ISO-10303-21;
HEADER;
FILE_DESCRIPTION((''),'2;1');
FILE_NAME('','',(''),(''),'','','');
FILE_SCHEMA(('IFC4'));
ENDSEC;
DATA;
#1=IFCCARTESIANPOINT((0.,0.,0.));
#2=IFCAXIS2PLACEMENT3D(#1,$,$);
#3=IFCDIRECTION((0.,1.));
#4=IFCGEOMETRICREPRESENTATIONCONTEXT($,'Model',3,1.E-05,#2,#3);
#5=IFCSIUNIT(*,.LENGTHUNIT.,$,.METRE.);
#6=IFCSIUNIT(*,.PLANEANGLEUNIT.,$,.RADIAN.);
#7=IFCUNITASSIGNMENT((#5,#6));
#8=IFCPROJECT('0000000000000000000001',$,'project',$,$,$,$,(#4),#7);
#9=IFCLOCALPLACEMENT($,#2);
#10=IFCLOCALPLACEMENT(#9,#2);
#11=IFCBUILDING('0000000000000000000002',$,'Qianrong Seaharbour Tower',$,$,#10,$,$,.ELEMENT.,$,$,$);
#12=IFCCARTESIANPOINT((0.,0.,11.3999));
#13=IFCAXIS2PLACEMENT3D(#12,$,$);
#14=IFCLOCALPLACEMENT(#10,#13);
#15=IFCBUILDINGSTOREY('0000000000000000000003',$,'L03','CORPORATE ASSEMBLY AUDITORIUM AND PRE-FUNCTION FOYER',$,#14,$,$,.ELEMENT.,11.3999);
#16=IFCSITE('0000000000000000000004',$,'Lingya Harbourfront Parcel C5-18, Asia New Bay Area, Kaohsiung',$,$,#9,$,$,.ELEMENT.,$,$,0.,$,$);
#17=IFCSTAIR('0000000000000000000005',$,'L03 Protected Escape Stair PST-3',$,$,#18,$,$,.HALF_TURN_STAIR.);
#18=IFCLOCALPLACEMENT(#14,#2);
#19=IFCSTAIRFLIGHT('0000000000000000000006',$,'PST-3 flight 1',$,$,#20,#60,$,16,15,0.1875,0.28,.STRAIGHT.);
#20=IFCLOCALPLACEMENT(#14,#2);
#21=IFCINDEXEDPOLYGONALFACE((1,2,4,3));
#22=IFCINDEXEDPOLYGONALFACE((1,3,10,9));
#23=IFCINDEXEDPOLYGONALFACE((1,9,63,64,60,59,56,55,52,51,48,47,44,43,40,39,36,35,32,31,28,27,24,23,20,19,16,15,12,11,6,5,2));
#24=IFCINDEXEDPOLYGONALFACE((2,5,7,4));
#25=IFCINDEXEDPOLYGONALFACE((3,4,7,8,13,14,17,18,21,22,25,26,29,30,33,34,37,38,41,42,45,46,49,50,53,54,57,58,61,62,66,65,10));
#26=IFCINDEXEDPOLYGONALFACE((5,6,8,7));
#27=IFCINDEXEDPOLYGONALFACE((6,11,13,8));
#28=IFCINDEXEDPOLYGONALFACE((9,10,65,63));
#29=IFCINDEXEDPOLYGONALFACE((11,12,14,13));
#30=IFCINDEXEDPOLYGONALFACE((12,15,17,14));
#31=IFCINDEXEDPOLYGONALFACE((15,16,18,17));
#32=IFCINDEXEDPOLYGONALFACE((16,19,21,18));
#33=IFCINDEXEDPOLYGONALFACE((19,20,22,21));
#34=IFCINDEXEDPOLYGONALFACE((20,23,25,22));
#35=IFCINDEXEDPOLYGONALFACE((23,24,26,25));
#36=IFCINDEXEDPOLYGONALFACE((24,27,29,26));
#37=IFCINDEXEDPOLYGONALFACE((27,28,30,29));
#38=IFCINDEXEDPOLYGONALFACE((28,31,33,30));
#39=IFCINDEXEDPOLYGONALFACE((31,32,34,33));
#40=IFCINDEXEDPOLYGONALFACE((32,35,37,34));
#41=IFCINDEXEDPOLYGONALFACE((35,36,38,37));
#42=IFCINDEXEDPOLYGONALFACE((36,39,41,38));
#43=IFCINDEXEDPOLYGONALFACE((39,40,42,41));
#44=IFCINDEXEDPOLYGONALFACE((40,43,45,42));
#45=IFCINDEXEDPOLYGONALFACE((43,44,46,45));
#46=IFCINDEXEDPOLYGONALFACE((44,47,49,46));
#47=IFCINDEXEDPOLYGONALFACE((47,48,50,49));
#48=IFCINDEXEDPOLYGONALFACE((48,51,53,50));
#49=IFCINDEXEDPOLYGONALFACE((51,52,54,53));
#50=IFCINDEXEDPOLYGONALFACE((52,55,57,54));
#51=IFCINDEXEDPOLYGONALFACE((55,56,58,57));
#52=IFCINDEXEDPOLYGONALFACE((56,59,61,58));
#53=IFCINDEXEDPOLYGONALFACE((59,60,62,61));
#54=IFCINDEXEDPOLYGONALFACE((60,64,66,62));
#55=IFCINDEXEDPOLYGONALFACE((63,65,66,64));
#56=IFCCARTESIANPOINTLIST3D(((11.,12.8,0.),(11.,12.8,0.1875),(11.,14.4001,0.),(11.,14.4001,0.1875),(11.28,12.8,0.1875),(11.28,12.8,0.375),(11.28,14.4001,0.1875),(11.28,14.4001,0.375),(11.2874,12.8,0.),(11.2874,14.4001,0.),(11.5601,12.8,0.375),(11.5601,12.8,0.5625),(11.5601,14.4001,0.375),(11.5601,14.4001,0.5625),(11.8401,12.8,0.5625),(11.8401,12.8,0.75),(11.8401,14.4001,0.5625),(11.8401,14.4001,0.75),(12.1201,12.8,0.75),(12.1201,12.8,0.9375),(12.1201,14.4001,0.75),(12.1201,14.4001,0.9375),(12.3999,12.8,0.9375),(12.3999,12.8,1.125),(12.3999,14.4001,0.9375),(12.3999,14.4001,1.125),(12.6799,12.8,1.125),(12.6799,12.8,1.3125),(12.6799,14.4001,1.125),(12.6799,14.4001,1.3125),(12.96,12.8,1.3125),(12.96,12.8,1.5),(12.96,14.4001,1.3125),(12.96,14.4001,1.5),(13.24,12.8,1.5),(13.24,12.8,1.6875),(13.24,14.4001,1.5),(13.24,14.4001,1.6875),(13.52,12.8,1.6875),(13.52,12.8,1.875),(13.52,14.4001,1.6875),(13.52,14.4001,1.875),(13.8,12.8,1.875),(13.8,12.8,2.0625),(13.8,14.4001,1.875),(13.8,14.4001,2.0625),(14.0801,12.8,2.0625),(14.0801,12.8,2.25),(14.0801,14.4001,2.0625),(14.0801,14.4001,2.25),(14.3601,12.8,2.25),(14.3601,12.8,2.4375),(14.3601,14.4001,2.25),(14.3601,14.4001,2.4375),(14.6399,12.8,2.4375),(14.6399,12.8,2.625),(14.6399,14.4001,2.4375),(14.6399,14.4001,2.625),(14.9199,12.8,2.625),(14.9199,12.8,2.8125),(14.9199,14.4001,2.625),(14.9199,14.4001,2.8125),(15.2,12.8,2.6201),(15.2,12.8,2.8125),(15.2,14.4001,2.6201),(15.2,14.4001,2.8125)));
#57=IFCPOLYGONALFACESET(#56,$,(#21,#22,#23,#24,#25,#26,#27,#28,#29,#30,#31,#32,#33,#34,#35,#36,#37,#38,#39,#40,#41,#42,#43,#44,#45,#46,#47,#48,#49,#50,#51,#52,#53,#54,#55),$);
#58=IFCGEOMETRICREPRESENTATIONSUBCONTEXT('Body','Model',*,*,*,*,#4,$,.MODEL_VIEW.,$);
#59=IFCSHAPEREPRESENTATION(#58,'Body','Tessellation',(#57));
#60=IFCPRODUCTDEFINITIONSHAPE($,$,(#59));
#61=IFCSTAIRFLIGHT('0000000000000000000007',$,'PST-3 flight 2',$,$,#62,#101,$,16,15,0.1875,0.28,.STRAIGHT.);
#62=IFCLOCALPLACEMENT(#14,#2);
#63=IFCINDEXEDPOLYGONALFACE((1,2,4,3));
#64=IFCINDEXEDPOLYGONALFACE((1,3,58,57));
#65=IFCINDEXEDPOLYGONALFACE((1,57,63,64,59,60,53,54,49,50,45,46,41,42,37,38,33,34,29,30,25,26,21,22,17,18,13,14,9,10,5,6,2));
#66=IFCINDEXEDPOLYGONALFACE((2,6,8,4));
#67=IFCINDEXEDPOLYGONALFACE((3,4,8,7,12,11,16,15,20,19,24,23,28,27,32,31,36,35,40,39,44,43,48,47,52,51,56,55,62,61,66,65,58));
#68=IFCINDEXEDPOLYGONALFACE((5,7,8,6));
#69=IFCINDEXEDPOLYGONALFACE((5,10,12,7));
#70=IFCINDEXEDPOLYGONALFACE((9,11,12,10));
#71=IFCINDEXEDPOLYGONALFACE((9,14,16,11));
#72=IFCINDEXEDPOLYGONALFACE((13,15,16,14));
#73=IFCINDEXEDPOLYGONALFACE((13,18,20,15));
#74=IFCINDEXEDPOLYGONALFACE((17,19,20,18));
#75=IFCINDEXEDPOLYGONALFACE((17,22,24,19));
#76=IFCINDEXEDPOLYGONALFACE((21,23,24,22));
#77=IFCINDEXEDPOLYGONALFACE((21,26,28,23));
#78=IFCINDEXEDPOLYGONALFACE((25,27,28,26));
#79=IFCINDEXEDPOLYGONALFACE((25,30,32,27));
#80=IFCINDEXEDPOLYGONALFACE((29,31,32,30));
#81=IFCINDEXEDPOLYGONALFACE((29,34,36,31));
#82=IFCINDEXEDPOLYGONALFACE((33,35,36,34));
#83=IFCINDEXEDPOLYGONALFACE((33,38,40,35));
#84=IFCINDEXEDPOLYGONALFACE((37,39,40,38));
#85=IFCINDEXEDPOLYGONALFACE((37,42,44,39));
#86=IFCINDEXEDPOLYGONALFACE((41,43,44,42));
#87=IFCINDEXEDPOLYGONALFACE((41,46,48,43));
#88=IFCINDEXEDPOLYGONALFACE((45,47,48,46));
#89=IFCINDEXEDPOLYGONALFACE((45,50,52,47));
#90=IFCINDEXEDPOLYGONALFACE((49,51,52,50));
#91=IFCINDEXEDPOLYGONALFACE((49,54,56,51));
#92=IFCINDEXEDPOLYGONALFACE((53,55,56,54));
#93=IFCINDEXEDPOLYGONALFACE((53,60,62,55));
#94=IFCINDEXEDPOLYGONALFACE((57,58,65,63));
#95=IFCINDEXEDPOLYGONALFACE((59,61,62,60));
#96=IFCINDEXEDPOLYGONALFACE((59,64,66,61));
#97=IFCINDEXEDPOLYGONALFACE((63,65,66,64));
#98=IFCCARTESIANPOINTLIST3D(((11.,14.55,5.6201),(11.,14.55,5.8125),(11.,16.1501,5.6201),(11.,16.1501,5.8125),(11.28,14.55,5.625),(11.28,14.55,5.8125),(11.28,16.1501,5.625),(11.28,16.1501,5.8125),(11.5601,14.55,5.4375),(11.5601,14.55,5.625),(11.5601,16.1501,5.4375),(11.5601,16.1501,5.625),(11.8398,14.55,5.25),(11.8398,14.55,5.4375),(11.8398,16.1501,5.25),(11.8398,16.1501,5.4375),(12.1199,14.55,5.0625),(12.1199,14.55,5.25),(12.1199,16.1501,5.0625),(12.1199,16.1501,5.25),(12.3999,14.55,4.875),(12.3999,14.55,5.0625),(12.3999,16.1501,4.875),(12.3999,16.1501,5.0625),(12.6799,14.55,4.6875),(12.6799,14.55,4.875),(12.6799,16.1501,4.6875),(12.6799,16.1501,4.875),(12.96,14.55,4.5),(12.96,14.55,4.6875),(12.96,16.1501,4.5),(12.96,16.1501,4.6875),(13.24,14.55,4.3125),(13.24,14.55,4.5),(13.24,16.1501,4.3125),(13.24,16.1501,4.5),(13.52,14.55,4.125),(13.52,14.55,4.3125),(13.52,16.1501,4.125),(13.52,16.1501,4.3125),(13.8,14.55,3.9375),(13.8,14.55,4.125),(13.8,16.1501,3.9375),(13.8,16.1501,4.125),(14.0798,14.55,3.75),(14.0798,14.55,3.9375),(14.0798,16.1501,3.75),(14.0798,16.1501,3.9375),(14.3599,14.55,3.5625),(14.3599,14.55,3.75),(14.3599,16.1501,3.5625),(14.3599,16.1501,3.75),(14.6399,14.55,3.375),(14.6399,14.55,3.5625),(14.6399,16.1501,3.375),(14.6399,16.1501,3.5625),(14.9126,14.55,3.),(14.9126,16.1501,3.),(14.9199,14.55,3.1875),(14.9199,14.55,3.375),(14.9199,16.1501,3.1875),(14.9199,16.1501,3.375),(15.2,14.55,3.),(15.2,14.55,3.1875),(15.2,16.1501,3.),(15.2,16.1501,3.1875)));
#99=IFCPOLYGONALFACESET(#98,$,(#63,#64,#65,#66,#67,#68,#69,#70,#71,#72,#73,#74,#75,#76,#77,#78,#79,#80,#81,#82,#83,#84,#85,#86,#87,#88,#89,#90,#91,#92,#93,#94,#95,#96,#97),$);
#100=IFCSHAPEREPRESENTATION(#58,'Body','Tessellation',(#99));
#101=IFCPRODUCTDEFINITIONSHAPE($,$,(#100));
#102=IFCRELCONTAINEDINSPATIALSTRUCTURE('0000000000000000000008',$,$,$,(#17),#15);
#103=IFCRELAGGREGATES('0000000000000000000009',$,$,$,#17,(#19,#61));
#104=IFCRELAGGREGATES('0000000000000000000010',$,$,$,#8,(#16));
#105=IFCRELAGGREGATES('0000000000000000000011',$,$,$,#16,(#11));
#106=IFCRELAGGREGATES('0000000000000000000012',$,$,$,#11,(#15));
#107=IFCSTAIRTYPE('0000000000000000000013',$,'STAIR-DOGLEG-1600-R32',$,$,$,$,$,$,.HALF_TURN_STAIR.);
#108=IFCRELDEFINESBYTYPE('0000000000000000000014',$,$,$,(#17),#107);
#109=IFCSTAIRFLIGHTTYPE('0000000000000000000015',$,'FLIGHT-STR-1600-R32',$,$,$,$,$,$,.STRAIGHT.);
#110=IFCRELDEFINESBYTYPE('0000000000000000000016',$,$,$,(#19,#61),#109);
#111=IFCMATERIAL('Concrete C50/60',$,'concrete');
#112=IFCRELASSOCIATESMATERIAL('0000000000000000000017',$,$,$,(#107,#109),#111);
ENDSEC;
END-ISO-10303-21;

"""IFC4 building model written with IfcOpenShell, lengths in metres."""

from ifc_helpers import new_model, si_unit, direction, frame, origin, place, context, subcontext, project, spatial, polyline, outline, extrude, material, type_object, element, aggregate, save


model = new_model("IFC4")

# Units and contexts
model_context = context("Model", 3, precision=1e-05, world=origin(), true_north=direction((0.0, 1.0)))
body_context = subcontext(model_context, "Body", "Model", "MODEL_VIEW")
ifc_project = project(units=[si_unit("LENGTHUNIT", "METRE"), si_unit("PLANEANGLEUNIT", "RADIAN")], contexts=[model_context])

# Site, building, storey
site_placement = place(None, origin())
site = spatial("IfcSite", under=ifc_project, at=site_placement, Name="Lingya Harbourfront Parcel C5-18, Asia New Bay Area, Kaohsiung", CompositionType="ELEMENT", RefElevation=0.0)
building_placement = place(site_placement, origin())
building = spatial("IfcBuilding", under=site, at=building_placement, Name="Qianrong Seaharbour Tower", CompositionType="ELEMENT")
storey_placement = place(building_placement, frame((0.0, 0.0, 11.3999)))
storey = spatial("IfcBuildingStorey", under=building, at=storey_placement, Name="L03", Description="CORPORATE ASSEMBLY AUDITORIUM AND PRE-FUNCTION FOYER", CompositionType="ELEMENT", Elevation=11.3999)

# Shared definitions
ifc_material_1 = material(Name="Concrete C50/60", Category="concrete")

# Stair, stair flights
stair_type = type_object("IfcStairType", Name="STAIR-DOGLEG-1600-R32", PredefinedType="HALF_TURN_STAIR", material=ifc_material_1)
stair_placement = place(storey_placement, origin())
stair = element("IfcStair", 1, at=stair_placement, inside=storey, type_object=stair_type, Name="L03 Protected Escape Stair PST-3", PredefinedType="HALF_TURN_STAIR")
stair_flight_type = type_object("IfcStairFlightType", Name="FLIGHT-STR-1600-R32", PredefinedType="STRAIGHT", material=ifc_material_1)
stair_flight_1_placement = place(storey_placement, frame((11.0, 13.6001, 0.0), z_axis=(0.0, 0.0, 1.0), x_axis=(1.0, 0.0, 0.0)))
stair_flight_1 = element("IfcStairFlight", 2, at=stair_flight_1_placement, type_object=stair_flight_type, Name="PST-3 flight 1", NumberOfRisers=16, NumberOfTreads=15, PredefinedType="STRAIGHT", RiserHeight=0.1875, TreadLength=0.28, context=body_context, shape_type="SweptSolid", body=[
    extrude(outline(polyline([(0.0, 0.0), (0.0, 0.1875), (0.28, 0.1875), (0.28, 0.375), (0.5601, 0.375), (0.5601, 0.5625), (0.8401, 0.5625), (0.8401, 0.75), (1.1201, 0.75), (1.1201, 0.9375), (1.3999, 0.9375), (1.3999, 1.125), (1.6799, 1.125), (1.6799, 1.3125), (1.96, 1.3125), (1.96, 1.5), (2.24, 1.5), (2.24, 1.6875), (2.52, 1.6875), (2.52, 1.875), (2.8, 1.875), (2.8, 2.0625), (3.0801, 2.0625), (3.0801, 2.25), (3.3601, 2.25), (3.3601, 2.4375), (3.6399, 2.4375), (3.6399, 2.625), (3.9199, 2.625), (3.9199, 2.8125), (4.2, 2.8125), (4.2, 3.0), (4.2, 2.6201), (0.2874, 0.0), (0.0, 0.0)])), frame((0.0, 0.8, 0.0), z_axis=(0.0, -1.0, 0.0), x_axis=(1.0, 0.0, 0.0)), (0.0, 0.0, 1.0), 1.6001),
])
stair_flight_2_placement = place(storey_placement, frame((15.2, 15.3501, 3.0), z_axis=(0.0, 0.0, 1.0), x_axis=(-1.0, 0.0, 0.0)))
stair_flight_2 = element("IfcStairFlight", 3, at=stair_flight_2_placement, type_object=stair_flight_type, Name="PST-3 flight 2", NumberOfRisers=16, NumberOfTreads=15, PredefinedType="STRAIGHT", RiserHeight=0.1875, TreadLength=0.28, context=body_context, shape_type="SweptSolid", body=[
    extrude(outline(polyline([(0.0, 0.0), (0.0, 0.1875), (0.28, 0.1875), (0.28, 0.375), (0.5601, 0.375), (0.5601, 0.5625), (0.8401, 0.5625), (0.8401, 0.75), (1.1201, 0.75), (1.1201, 0.9375), (1.3999, 0.9375), (1.3999, 1.125), (1.6799, 1.125), (1.6799, 1.3125), (1.96, 1.3125), (1.96, 1.5), (2.24, 1.5), (2.24, 1.6875), (2.52, 1.6875), (2.52, 1.875), (2.8, 1.875), (2.8, 2.0625), (3.0801, 2.0625), (3.0801, 2.25), (3.3601, 2.25), (3.3601, 2.4375), (3.6399, 2.4375), (3.6399, 2.625), (3.9199, 2.625), (3.9199, 2.8125), (4.2, 2.8125), (4.2, 3.0), (4.2, 2.6201), (0.2874, 0.0), (0.0, 0.0)])), frame((0.0, 0.8, 0.0), z_axis=(0.0, -1.0, 0.0), x_axis=(1.0, 0.0, 0.0)), (0.0, 0.0, 1.0), 1.6001),
])
aggregate(stair, [stair_flight_1, stair_flight_2])

save(model, "model.ifc")
